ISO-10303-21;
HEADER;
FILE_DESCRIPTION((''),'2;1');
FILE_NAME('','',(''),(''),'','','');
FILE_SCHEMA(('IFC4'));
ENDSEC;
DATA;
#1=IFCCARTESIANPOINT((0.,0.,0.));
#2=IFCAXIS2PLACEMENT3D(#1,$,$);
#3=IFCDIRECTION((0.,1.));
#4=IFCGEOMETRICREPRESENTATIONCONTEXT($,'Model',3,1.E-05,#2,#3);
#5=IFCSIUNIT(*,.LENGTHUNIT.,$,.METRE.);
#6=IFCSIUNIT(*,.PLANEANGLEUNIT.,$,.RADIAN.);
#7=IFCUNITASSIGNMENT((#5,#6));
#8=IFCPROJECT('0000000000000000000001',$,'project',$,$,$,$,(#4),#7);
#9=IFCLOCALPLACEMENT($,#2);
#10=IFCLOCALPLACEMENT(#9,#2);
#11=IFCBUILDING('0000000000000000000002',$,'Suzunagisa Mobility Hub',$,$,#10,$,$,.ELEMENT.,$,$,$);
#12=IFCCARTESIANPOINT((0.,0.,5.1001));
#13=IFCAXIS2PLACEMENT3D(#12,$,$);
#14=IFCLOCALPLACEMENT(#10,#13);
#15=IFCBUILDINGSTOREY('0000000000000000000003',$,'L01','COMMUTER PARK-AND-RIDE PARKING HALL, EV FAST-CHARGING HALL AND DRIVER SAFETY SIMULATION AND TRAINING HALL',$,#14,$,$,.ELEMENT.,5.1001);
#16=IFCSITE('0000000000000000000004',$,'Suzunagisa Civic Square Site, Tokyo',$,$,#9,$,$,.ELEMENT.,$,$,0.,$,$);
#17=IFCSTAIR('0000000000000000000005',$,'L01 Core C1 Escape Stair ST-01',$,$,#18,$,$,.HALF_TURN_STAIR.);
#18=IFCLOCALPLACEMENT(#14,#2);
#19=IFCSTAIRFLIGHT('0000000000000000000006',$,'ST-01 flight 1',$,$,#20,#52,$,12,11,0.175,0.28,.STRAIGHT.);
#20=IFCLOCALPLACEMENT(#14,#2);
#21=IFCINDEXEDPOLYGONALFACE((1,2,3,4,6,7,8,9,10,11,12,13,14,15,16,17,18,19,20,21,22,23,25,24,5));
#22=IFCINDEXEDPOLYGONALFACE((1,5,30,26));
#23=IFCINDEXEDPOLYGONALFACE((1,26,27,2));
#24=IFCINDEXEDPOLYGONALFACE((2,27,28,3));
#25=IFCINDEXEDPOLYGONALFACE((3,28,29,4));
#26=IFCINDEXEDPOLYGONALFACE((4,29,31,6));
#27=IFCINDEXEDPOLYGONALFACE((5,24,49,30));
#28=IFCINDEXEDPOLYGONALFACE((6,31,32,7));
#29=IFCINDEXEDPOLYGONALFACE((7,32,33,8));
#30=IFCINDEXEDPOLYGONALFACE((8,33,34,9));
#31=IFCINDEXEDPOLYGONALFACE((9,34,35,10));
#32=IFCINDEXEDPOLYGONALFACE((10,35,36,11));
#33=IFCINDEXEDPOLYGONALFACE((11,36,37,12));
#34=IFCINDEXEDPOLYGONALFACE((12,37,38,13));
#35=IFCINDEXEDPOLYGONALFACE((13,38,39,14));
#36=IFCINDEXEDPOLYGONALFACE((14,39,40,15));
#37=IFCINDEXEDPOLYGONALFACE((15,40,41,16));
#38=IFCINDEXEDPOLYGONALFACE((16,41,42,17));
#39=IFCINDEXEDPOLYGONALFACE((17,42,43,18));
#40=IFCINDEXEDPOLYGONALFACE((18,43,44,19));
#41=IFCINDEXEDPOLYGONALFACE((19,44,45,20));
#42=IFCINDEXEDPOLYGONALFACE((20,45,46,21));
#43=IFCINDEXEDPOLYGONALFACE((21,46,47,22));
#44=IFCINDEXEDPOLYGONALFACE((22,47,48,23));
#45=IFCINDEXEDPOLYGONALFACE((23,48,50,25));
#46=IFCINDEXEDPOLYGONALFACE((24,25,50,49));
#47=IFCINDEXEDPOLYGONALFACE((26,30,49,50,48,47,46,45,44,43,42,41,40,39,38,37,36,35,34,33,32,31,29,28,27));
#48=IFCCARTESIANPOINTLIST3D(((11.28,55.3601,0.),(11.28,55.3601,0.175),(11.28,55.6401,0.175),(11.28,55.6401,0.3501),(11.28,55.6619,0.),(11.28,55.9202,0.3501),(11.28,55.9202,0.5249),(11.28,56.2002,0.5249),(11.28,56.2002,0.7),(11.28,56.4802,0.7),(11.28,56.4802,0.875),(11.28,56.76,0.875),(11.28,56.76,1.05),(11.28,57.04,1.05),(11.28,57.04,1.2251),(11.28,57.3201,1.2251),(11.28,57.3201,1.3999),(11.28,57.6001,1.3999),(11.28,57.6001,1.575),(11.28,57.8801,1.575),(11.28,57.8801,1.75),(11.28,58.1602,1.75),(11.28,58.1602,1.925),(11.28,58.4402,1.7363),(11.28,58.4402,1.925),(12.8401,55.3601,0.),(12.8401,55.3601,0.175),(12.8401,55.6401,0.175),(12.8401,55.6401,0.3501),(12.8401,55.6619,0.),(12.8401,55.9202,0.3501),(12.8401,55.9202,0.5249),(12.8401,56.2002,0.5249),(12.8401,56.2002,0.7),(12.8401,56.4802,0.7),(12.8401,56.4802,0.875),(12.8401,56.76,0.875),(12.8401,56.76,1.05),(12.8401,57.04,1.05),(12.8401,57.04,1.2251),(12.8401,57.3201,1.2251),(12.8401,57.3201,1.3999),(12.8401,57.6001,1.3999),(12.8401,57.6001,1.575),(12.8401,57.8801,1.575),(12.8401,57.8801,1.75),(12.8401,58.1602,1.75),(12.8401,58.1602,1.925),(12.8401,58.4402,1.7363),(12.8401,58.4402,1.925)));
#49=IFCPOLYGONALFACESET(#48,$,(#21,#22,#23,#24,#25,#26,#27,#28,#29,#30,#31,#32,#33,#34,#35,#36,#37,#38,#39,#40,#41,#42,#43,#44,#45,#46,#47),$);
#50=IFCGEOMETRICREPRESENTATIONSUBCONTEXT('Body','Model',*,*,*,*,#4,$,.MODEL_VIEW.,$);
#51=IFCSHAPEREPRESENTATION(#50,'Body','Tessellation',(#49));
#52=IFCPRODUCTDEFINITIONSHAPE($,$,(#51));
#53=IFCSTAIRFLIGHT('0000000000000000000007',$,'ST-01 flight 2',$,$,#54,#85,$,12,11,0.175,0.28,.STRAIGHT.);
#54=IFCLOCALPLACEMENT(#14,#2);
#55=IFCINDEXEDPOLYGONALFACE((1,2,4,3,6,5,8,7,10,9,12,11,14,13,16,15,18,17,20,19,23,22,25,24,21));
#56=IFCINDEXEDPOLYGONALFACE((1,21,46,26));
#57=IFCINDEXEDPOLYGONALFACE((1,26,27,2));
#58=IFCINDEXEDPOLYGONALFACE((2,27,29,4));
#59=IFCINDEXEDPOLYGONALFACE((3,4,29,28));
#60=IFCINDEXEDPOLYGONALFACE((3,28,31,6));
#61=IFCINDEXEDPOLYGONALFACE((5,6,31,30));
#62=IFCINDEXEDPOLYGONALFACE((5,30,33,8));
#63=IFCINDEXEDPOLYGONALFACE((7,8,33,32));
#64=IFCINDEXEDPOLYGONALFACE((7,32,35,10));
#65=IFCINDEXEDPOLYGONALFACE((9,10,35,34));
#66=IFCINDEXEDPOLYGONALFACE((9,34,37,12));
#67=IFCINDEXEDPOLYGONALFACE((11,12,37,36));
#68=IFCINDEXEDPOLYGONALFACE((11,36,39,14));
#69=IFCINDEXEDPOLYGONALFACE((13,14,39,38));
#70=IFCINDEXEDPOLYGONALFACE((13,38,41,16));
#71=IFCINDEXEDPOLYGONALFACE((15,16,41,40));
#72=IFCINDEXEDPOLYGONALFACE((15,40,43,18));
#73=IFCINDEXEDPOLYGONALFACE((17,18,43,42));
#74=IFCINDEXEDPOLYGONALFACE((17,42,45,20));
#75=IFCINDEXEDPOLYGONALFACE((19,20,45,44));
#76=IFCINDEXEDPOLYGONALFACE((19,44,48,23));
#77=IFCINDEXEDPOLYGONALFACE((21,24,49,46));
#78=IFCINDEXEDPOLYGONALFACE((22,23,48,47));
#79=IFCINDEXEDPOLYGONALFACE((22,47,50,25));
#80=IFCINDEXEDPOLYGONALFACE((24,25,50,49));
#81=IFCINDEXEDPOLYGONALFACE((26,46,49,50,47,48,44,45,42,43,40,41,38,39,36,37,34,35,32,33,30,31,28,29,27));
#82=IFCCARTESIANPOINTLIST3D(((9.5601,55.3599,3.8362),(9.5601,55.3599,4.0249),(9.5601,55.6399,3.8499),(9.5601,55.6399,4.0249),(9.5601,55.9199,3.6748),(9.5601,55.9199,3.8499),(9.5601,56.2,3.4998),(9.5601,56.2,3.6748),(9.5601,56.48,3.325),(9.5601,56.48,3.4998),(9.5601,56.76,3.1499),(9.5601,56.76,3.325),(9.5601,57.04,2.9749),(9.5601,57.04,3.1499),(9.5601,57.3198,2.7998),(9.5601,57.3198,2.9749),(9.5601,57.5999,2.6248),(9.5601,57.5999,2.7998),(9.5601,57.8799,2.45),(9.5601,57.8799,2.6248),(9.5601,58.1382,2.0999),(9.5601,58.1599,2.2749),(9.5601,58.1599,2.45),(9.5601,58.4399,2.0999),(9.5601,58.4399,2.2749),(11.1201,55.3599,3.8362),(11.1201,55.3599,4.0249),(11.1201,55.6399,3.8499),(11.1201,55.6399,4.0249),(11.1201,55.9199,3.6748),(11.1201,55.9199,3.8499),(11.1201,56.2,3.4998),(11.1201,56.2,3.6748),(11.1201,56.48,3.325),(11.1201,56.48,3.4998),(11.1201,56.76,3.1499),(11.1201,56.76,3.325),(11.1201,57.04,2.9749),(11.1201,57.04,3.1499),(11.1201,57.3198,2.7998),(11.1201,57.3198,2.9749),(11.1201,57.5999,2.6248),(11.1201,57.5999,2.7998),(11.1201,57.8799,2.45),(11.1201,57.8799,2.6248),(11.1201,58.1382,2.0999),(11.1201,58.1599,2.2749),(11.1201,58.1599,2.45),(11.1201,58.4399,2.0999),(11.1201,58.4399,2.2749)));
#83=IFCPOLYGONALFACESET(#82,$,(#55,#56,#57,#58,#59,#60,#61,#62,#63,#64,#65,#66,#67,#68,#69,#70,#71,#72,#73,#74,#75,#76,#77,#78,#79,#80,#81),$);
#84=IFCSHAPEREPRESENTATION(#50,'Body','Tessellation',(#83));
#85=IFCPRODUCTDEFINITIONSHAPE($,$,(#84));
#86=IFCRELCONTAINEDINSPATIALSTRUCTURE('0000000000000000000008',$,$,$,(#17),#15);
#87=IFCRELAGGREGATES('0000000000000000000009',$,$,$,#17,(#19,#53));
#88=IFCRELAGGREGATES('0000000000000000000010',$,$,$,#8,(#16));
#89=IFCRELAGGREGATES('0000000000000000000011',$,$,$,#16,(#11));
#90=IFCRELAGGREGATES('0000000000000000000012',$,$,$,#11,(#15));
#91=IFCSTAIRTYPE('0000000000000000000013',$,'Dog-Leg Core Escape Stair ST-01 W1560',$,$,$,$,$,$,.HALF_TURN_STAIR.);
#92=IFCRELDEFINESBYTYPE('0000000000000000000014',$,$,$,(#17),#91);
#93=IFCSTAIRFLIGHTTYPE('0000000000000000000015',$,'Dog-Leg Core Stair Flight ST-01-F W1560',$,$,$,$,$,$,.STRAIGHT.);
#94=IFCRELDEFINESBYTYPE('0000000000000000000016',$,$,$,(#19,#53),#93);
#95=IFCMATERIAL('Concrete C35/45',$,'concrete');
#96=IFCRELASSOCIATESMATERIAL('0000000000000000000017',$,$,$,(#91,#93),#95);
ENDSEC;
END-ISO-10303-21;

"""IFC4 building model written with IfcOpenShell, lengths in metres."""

from ifc_helpers import new_model, si_unit, direction, frame, origin, place, context, subcontext, project, spatial, polyline, outline, extrude, material, type_object, element, aggregate, save


model = new_model("IFC4")

# Units and contexts
model_context = context("Model", 3, precision=1e-05, world=origin(), true_north=direction((0.0, 1.0)))
body_context = subcontext(model_context, "Body", "Model", "MODEL_VIEW")
ifc_project = project(units=[si_unit("LENGTHUNIT", "METRE"), si_unit("PLANEANGLEUNIT", "RADIAN")], contexts=[model_context])

# Site, building, storey
site_placement = place(None, origin())
site = spatial("IfcSite", under=ifc_project, at=site_placement, Name="Suzunagisa Civic Square Site, Tokyo", CompositionType="ELEMENT", RefElevation=0.0)
building_placement = place(site_placement, origin())
building = spatial("IfcBuilding", under=site, at=building_placement, Name="Suzunagisa Mobility Hub", CompositionType="ELEMENT")
storey_placement = place(building_placement, frame((0.0, 0.0, 5.1001)))
storey = spatial("IfcBuildingStorey", under=building, at=storey_placement, Name="L01", Description="COMMUTER PARK-AND-RIDE PARKING HALL, EV FAST-CHARGING HALL AND DRIVER SAFETY SIMULATION AND TRAINING HALL", CompositionType="ELEMENT", Elevation=5.1001)

# Shared definitions
ifc_material_1 = material(Name="Concrete C35/45", Category="concrete")

# Stair, stair flights
stair_type = type_object("IfcStairType", Name="Dog-Leg Core Escape Stair ST-01 W1560", PredefinedType="HALF_TURN_STAIR", material=ifc_material_1)
stair_placement = place(storey_placement, origin())
stair = element("IfcStair", 1, at=stair_placement, inside=storey, type_object=stair_type, Name="L01 Core C1 Escape Stair ST-01", PredefinedType="HALF_TURN_STAIR")
stair_flight_type = type_object("IfcStairFlightType", Name="Dog-Leg Core Stair Flight ST-01-F W1560", PredefinedType="STRAIGHT", material=ifc_material_1)
stair_flight_1_placement = place(storey_placement, frame((12.0601, 55.3601, 0.0), z_axis=(0.0, 0.0, 1.0), x_axis=(0.0, 1.0, 0.0)))
stair_flight_1 = element("IfcStairFlight", 2, at=stair_flight_1_placement, type_object=stair_flight_type, Name="ST-01 flight 1", NumberOfRisers=12, NumberOfTreads=11, PredefinedType="STRAIGHT", RiserHeight=0.175, TreadLength=0.28, context=body_context, shape_type="SweptSolid", body=[
    extrude(outline(polyline([(0.0, 0.0), (0.0, 0.175), (0.28, 0.175), (0.28, 0.3501), (0.5601, 0.3501), (0.5601, 0.5249), (0.8401, 0.5249), (0.8401, 0.7), (1.1201, 0.7), (1.1201, 0.875), (1.3999, 0.875), (1.3999, 1.05), (1.6799, 1.05), (1.6799, 1.2251), (1.96, 1.2251), (1.96, 1.3999), (2.24, 1.3999), (2.24, 1.575), (2.52, 1.575), (2.52, 1.75), (2.8, 1.75), (2.8, 1.925), (3.0801, 1.925), (3.0801, 2.1001), (3.0801, 1.7363), (0.3018, 0.0), (0.0, 0.0)])), frame((0.0, 0.78, 0.0), z_axis=(0.0, -1.0, 0.0), x_axis=(1.0, 0.0, 0.0)), (0.0, 0.0, 1.0), 1.5601),
])
stair_flight_2_placement = place(storey_placement, frame((10.3401, 58.4399, 2.0999), z_axis=(0.0, 0.0, 1.0), x_axis=(0.0, -1.0, 0.0)))
stair_flight_2 = element("IfcStairFlight", 3, at=stair_flight_2_placement, type_object=stair_flight_type, Name="ST-01 flight 2", NumberOfRisers=12, NumberOfTreads=11, PredefinedType="STRAIGHT", RiserHeight=0.175, TreadLength=0.28, context=body_context, shape_type="SweptSolid", body=[
    extrude(outline(polyline([(0.0, 0.0), (0.0, 0.175), (0.28, 0.175), (0.28, 0.3501), (0.5601, 0.3501), (0.5601, 0.5249), (0.8401, 0.5249), (0.8401, 0.7), (1.1201, 0.7), (1.1201, 0.875), (1.3999, 0.875), (1.3999, 1.05), (1.6799, 1.05), (1.6799, 1.2251), (1.96, 1.2251), (1.96, 1.3999), (2.24, 1.3999), (2.24, 1.575), (2.52, 1.575), (2.52, 1.75), (2.8, 1.75), (2.8, 1.925), (3.0801, 1.925), (3.0801, 2.1001), (3.0801, 1.7363), (0.3018, 0.0), (0.0, 0.0)])), frame((0.0, 0.78, 0.0), z_axis=(0.0, -1.0, 0.0), x_axis=(1.0, 0.0, 0.0)), (0.0, 0.0, 1.0), 1.5601),
])
aggregate(stair, [stair_flight_1, stair_flight_2])

save(model, "model.ifc")
